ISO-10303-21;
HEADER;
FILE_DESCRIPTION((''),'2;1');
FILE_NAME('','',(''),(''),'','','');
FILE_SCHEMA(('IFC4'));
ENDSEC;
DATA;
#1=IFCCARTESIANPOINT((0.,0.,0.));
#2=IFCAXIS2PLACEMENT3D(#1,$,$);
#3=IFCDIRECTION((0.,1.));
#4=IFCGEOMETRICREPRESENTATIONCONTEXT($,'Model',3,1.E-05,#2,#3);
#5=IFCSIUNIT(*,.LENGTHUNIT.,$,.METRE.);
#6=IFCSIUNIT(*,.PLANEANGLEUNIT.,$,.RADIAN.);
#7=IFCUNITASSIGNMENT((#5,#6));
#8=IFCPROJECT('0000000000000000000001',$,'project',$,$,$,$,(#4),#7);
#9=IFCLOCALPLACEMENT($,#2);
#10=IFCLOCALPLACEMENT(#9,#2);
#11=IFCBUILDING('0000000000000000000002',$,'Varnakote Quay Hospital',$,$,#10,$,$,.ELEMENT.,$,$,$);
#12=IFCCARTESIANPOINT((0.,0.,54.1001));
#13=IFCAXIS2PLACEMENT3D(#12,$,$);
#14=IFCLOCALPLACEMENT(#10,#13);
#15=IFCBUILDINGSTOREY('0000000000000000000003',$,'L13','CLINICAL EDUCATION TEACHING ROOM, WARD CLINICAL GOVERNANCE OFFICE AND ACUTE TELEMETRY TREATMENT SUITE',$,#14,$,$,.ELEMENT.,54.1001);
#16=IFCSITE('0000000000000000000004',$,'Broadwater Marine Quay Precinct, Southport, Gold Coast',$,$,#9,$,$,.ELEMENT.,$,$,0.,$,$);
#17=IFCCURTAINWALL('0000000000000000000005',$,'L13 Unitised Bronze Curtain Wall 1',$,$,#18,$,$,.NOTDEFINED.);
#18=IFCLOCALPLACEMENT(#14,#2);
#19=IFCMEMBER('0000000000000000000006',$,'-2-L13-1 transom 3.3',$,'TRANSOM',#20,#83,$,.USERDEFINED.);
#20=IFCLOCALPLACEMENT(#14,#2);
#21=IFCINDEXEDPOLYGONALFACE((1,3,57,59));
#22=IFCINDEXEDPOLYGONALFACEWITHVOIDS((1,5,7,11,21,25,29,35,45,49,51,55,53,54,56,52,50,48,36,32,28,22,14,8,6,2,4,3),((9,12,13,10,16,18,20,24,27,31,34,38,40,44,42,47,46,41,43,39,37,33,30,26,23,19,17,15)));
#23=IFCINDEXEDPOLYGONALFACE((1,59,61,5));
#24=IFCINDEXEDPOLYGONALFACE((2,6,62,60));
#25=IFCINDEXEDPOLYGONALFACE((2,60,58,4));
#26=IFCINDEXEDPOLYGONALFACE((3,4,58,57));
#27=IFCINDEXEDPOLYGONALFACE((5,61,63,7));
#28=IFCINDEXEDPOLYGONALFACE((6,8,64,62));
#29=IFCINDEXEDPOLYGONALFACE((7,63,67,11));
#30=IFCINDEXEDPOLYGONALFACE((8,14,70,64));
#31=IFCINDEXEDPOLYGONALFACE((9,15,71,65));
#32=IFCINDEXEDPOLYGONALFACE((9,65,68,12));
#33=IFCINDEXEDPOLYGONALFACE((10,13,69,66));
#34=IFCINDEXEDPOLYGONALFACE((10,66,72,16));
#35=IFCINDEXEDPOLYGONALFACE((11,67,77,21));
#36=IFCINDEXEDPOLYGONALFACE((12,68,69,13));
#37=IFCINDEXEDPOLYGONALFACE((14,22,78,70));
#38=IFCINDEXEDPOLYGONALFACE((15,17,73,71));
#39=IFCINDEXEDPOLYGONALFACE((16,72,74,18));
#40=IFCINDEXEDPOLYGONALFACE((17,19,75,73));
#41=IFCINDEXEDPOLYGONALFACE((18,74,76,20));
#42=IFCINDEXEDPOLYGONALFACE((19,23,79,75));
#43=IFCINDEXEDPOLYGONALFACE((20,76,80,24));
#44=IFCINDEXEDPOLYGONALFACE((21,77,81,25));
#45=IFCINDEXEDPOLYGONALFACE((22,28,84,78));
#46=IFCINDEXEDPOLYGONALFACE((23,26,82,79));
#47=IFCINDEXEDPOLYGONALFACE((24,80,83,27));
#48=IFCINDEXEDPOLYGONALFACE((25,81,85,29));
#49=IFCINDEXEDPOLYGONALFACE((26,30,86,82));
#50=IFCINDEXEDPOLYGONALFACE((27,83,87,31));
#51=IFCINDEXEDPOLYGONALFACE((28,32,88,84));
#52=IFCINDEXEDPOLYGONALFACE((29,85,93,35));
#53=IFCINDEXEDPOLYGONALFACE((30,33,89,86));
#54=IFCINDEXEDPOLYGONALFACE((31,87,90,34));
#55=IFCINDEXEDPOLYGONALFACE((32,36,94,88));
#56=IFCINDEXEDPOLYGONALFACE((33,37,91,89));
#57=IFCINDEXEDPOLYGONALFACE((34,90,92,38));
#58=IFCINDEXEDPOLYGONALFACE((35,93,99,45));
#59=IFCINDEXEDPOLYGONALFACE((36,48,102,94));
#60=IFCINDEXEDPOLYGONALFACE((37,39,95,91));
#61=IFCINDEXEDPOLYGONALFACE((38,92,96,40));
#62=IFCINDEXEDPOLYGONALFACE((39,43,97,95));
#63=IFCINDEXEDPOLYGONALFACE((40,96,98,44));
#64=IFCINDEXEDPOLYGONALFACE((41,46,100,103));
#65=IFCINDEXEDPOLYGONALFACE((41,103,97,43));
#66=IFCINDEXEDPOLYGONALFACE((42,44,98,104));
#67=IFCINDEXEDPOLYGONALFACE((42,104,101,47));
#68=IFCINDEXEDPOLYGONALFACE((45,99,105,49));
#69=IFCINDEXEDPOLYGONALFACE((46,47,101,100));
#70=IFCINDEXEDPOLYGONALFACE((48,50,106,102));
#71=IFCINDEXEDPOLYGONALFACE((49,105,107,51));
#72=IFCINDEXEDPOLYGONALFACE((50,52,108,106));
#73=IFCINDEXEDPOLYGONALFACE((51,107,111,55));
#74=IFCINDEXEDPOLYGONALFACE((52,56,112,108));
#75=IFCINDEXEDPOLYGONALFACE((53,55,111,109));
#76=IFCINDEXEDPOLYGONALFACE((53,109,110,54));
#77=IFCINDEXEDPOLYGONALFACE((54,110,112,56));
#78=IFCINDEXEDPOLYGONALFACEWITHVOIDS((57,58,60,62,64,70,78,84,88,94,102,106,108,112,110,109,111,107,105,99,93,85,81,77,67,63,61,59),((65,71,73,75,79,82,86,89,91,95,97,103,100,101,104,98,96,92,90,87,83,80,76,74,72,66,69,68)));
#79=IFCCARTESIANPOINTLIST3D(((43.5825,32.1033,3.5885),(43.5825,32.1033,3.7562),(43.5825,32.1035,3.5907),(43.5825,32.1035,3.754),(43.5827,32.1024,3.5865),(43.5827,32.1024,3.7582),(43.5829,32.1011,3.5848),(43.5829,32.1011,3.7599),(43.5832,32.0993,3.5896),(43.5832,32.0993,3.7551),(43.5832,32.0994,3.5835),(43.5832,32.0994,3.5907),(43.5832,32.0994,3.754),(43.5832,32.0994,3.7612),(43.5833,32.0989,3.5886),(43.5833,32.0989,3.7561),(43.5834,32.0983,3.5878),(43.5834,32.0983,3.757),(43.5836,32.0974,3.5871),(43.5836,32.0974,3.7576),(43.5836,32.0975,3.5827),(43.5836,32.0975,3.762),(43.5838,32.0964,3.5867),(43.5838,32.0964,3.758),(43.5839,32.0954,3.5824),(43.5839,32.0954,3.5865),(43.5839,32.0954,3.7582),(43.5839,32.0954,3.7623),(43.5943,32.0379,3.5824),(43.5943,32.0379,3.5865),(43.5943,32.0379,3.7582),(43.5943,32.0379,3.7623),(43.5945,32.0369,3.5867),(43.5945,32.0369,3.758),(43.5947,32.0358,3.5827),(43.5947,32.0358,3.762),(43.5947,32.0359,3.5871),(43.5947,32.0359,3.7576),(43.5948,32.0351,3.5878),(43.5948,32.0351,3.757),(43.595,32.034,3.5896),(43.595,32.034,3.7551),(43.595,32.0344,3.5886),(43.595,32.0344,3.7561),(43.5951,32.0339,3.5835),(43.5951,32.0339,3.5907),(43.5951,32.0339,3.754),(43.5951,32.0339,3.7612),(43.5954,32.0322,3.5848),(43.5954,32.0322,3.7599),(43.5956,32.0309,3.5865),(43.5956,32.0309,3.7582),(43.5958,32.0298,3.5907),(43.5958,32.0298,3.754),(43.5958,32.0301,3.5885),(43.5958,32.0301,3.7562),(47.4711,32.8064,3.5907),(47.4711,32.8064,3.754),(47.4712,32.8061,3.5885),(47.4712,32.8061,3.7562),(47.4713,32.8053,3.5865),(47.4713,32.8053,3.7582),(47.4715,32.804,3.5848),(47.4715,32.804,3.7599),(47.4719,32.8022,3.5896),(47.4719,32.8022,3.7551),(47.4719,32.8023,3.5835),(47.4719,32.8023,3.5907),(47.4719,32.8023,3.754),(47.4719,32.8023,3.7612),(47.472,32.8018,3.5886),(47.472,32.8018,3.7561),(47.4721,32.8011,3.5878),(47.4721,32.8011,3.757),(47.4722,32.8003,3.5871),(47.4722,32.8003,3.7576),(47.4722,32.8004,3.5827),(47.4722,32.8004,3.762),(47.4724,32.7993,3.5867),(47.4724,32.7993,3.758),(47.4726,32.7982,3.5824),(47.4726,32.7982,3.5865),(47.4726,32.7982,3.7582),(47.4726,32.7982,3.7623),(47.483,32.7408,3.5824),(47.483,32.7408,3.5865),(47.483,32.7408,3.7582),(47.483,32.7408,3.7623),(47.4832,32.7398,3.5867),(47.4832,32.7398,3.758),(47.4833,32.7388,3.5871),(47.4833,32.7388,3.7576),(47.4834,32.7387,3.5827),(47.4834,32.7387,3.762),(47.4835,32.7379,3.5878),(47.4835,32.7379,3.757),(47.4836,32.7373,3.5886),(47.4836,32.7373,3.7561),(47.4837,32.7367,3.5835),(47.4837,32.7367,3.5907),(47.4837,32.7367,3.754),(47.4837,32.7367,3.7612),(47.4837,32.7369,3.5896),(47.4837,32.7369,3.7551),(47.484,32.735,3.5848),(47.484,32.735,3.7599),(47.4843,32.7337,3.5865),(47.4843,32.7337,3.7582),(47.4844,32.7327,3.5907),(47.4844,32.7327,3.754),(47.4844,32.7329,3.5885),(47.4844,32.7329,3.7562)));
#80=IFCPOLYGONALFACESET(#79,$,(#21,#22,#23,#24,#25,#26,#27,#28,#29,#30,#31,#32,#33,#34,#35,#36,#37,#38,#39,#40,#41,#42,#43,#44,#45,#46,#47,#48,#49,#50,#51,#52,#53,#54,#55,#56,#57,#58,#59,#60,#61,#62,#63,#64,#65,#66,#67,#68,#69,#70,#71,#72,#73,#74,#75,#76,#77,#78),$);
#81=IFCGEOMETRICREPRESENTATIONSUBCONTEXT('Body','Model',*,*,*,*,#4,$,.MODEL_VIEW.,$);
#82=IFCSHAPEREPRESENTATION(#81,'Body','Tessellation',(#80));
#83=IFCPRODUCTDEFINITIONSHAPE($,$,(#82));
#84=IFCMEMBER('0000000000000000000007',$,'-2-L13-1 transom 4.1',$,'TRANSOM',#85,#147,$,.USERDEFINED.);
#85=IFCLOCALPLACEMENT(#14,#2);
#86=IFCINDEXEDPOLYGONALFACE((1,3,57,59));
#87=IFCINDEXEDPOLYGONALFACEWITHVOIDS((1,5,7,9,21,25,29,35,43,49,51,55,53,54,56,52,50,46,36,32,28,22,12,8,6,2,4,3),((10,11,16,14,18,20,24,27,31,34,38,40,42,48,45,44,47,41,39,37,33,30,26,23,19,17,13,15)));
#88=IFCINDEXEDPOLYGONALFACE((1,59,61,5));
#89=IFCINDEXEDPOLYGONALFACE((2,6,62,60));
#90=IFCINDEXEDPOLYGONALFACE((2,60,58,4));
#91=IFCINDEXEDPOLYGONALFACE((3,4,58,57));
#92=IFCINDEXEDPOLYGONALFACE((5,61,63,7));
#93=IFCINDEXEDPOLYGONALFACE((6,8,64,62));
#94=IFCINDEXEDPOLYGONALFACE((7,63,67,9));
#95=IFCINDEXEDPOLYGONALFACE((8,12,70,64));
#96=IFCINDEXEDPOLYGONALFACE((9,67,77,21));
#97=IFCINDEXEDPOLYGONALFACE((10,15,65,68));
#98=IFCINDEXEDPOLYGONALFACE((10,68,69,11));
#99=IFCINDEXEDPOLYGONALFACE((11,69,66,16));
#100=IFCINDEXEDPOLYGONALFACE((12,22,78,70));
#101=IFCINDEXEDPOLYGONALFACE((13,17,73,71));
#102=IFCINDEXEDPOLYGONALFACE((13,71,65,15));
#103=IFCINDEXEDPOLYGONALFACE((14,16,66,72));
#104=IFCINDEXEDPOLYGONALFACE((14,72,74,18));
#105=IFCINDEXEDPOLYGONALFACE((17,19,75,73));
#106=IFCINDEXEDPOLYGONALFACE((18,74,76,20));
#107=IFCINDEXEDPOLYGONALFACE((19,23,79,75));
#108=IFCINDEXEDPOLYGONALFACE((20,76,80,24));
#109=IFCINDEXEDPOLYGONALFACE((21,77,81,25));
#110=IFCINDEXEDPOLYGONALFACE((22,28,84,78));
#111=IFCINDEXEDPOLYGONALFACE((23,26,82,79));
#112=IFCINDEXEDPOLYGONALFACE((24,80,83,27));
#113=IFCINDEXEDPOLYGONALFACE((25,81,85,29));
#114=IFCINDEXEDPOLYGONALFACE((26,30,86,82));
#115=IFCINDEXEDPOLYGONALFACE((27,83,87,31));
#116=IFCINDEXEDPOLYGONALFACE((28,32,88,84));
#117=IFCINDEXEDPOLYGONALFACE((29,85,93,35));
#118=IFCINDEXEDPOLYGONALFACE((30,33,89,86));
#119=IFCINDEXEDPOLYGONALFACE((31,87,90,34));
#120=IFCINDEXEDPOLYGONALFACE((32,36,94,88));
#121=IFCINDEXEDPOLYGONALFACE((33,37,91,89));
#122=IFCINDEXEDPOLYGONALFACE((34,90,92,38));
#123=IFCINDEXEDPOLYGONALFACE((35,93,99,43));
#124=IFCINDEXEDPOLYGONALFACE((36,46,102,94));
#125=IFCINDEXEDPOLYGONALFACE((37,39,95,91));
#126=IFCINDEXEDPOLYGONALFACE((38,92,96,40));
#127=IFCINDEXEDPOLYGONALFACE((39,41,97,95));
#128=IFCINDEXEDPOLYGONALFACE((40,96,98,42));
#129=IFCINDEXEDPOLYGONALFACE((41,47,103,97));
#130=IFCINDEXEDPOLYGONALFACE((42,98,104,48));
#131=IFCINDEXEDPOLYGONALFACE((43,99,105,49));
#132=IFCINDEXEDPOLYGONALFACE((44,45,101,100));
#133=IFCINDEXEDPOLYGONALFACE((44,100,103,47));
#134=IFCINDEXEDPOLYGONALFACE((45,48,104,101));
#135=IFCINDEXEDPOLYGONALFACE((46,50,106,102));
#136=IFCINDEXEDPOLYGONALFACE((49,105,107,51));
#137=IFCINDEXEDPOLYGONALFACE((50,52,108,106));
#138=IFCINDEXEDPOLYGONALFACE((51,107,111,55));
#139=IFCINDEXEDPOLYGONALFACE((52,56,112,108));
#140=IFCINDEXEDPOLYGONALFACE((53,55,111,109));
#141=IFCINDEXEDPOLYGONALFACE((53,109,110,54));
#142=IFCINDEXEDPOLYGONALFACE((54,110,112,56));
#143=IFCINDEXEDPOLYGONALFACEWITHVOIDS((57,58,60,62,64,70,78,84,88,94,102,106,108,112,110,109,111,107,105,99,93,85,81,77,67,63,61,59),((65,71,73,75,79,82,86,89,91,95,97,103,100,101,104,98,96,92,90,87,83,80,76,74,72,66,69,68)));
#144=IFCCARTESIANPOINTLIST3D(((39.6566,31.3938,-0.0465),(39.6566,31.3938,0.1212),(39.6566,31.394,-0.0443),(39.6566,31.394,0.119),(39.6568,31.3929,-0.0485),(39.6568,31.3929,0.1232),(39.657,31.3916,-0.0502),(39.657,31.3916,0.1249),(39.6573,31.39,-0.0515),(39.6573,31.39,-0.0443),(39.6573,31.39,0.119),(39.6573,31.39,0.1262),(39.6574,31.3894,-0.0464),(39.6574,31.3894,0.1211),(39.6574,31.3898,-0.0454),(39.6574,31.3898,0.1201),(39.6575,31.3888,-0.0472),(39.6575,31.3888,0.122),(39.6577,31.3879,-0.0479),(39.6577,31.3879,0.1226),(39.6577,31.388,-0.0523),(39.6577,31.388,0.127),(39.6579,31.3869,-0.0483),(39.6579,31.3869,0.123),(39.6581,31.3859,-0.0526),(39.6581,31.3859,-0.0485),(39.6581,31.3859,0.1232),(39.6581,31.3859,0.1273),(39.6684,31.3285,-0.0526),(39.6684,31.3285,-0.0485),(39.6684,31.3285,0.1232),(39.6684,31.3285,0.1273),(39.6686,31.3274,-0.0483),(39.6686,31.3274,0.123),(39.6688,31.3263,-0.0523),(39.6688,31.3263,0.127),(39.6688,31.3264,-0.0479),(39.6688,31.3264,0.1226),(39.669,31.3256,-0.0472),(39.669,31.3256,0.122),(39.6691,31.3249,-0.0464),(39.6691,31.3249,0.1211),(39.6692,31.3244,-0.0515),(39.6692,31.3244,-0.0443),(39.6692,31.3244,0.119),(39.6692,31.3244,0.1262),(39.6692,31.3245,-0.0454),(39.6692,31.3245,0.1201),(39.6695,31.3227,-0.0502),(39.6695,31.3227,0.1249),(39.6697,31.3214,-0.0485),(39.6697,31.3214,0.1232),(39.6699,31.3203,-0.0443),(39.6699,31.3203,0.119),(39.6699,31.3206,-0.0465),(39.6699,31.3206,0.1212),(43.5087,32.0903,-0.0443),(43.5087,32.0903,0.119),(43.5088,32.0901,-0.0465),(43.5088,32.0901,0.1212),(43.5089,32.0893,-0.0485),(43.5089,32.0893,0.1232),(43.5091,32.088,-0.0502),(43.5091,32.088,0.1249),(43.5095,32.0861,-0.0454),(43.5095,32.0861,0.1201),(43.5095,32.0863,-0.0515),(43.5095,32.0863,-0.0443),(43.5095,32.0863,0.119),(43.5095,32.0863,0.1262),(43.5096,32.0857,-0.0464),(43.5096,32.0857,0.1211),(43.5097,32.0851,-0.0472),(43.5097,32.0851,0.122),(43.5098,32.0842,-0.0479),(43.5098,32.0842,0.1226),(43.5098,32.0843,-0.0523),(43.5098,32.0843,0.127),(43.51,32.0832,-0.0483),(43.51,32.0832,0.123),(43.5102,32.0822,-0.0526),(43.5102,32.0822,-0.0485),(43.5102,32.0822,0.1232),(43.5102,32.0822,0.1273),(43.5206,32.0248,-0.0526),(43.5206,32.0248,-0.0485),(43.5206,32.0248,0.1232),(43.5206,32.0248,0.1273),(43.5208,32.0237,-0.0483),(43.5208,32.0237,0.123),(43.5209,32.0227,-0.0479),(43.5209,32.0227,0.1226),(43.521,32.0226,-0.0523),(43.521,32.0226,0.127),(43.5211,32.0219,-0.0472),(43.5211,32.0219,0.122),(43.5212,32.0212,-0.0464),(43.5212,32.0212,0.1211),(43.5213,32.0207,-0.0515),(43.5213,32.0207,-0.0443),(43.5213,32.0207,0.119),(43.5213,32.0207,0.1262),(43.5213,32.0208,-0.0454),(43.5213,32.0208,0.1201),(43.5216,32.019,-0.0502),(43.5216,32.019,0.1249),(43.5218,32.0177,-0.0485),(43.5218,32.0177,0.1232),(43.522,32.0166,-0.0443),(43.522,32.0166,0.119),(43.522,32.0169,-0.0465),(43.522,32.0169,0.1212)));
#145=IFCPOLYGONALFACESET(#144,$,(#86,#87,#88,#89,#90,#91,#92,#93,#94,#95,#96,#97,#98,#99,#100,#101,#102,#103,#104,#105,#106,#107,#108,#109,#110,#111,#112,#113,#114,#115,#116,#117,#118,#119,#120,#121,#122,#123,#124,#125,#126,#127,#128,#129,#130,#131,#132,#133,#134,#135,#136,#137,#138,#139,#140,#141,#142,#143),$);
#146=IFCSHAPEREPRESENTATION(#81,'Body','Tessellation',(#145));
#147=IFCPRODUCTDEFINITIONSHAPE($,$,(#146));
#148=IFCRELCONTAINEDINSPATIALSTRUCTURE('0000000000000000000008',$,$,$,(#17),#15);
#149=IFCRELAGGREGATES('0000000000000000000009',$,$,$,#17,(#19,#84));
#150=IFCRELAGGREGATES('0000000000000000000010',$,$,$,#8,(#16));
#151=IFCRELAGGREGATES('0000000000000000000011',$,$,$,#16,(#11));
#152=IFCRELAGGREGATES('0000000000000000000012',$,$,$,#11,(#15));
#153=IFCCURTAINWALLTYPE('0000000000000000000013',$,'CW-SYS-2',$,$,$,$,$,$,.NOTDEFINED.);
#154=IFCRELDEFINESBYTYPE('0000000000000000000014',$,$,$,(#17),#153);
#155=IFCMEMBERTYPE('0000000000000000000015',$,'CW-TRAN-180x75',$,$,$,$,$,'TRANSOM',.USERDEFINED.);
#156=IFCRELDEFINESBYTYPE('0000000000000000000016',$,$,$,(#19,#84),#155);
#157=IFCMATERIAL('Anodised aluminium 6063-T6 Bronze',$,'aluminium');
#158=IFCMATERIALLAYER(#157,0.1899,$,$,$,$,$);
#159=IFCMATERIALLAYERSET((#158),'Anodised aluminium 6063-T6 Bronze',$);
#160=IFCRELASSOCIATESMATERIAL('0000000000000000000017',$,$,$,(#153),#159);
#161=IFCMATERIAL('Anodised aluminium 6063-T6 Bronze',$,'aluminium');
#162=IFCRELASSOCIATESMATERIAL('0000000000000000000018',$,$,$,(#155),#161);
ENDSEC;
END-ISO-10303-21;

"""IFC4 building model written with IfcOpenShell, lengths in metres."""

from ifc_helpers import new_model, si_unit, direction, frame, origin, origin_2d, place, context, subcontext, project, spatial, hollow_rectangle, extrude, material, layer, layer_set, material_profile, profile_set, type_object, element, aggregate, save


model = new_model("IFC4")

# Units and contexts
model_context = context("Model", 3, precision=1e-05, world=origin(), true_north=direction((0.0, 1.0)))
body_context = subcontext(model_context, "Body", "Model", "MODEL_VIEW")
ifc_project = project(units=[si_unit("LENGTHUNIT", "METRE"), si_unit("PLANEANGLEUNIT", "RADIAN")], contexts=[model_context])

# Site, building, storey
site_placement = place(None, origin())
site = spatial("IfcSite", under=ifc_project, at=site_placement, Name="Broadwater Marine Quay Precinct, Southport, Gold Coast", CompositionType="ELEMENT", RefElevation=0.0)
building_placement = place(site_placement, origin())
building = spatial("IfcBuilding", under=site, at=building_placement, Name="Varnakote Quay Hospital", CompositionType="ELEMENT")
storey_placement = place(building_placement, frame((0.0, 0.0, 54.1001)))
storey = spatial("IfcBuildingStorey", under=building, at=storey_placement, Name="L13", Description="CLINICAL EDUCATION TEACHING ROOM, WARD CLINICAL GOVERNANCE OFFICE AND ACUTE TELEMETRY TREATMENT SUITE", CompositionType="ELEMENT", Elevation=54.1001)

# Curtain wall, members
ifc_material_1 = material(Name="Anodised aluminium 6063-T6 Bronze", Category="aluminium")
ifc_layer_1 = layer(ifc_material_1, 0.1899)
ifc_layer_set_1 = layer_set([ifc_layer_1], Name="Anodised aluminium 6063-T6 Bronze")
curtain_wall_type = type_object("IfcCurtainWallType", Name="CW-SYS-2", PredefinedType="NOTDEFINED", material=ifc_layer_set_1)
curtain_wall_placement = place(storey_placement, origin())
curtain_wall = element("IfcCurtainWall", 1, at=curtain_wall_placement, inside=storey, type_object=curtain_wall_type, Name="L13 Unitised Bronze Curtain Wall 1", PredefinedType="NOTDEFINED")
ifc_material_2 = material(Name="Anodised aluminium 6063-T6 Bronze", Category="aluminium")
ifc_material_profile_1 = material_profile(ifc_material_2, hollow_rectangle(XDim=0.075, YDim=0.1799, WallThickness=0.0042, InnerFilletRadius=0.0042, OuterFilletRadius=0.0083, at=origin_2d()), Name="CW-TRAN-180x75")
ifc_profile_set_1 = profile_set([ifc_material_profile_1], Name="Anodised aluminium 6063-T6 Bronze")
member_type_1 = type_object("IfcMemberType", Name="CW-TRAN-180x75", ElementType="TRANSOM", PredefinedType="USERDEFINED", material=ifc_profile_set_1)
member_1_placement = place(storey_placement, frame((47.4778, 32.7695, 3.6724), z_axis=(-0.984054, -0.177869, 0.0), x_axis=(0.177869, -0.984054, 0.0)))
member_1 = element("IfcMember", 2, at=member_1_placement, type_object=member_type_1, Name="-2-L13-1 transom 3.3", ObjectType="TRANSOM", PredefinedType="USERDEFINED", context=body_context, shape_type="SweptSolid", body=[
    extrude(hollow_rectangle(XDim=0.075, YDim=0.1799, WallThickness=0.0042, InnerFilletRadius=0.0042, OuterFilletRadius=0.0083, at=origin_2d()), origin(), (0.0, 0.0, 1.0), 3.9517),
])
member_2_placement = place(storey_placement, frame((43.5154, 32.0535, 0.0374), z_axis=(-0.984053, -0.177875, 0.0), x_axis=(0.177875, -0.984053, 0.0)))
member_2 = element("IfcMember", 3, at=member_2_placement, type_object=member_type_1, Name="-2-L13-1 transom 4.1", ObjectType="TRANSOM", PredefinedType="USERDEFINED", context=body_context, shape_type="SweptSolid", body=[
    extrude(hollow_rectangle(XDim=0.075, YDim=0.1799, WallThickness=0.0042, InnerFilletRadius=0.0042, OuterFilletRadius=0.0083, at=origin_2d()), origin(), (0.0, 0.0, 1.0), 3.9146),
])
aggregate(curtain_wall, [member_1, member_2])

save(model, "model.ifc")
